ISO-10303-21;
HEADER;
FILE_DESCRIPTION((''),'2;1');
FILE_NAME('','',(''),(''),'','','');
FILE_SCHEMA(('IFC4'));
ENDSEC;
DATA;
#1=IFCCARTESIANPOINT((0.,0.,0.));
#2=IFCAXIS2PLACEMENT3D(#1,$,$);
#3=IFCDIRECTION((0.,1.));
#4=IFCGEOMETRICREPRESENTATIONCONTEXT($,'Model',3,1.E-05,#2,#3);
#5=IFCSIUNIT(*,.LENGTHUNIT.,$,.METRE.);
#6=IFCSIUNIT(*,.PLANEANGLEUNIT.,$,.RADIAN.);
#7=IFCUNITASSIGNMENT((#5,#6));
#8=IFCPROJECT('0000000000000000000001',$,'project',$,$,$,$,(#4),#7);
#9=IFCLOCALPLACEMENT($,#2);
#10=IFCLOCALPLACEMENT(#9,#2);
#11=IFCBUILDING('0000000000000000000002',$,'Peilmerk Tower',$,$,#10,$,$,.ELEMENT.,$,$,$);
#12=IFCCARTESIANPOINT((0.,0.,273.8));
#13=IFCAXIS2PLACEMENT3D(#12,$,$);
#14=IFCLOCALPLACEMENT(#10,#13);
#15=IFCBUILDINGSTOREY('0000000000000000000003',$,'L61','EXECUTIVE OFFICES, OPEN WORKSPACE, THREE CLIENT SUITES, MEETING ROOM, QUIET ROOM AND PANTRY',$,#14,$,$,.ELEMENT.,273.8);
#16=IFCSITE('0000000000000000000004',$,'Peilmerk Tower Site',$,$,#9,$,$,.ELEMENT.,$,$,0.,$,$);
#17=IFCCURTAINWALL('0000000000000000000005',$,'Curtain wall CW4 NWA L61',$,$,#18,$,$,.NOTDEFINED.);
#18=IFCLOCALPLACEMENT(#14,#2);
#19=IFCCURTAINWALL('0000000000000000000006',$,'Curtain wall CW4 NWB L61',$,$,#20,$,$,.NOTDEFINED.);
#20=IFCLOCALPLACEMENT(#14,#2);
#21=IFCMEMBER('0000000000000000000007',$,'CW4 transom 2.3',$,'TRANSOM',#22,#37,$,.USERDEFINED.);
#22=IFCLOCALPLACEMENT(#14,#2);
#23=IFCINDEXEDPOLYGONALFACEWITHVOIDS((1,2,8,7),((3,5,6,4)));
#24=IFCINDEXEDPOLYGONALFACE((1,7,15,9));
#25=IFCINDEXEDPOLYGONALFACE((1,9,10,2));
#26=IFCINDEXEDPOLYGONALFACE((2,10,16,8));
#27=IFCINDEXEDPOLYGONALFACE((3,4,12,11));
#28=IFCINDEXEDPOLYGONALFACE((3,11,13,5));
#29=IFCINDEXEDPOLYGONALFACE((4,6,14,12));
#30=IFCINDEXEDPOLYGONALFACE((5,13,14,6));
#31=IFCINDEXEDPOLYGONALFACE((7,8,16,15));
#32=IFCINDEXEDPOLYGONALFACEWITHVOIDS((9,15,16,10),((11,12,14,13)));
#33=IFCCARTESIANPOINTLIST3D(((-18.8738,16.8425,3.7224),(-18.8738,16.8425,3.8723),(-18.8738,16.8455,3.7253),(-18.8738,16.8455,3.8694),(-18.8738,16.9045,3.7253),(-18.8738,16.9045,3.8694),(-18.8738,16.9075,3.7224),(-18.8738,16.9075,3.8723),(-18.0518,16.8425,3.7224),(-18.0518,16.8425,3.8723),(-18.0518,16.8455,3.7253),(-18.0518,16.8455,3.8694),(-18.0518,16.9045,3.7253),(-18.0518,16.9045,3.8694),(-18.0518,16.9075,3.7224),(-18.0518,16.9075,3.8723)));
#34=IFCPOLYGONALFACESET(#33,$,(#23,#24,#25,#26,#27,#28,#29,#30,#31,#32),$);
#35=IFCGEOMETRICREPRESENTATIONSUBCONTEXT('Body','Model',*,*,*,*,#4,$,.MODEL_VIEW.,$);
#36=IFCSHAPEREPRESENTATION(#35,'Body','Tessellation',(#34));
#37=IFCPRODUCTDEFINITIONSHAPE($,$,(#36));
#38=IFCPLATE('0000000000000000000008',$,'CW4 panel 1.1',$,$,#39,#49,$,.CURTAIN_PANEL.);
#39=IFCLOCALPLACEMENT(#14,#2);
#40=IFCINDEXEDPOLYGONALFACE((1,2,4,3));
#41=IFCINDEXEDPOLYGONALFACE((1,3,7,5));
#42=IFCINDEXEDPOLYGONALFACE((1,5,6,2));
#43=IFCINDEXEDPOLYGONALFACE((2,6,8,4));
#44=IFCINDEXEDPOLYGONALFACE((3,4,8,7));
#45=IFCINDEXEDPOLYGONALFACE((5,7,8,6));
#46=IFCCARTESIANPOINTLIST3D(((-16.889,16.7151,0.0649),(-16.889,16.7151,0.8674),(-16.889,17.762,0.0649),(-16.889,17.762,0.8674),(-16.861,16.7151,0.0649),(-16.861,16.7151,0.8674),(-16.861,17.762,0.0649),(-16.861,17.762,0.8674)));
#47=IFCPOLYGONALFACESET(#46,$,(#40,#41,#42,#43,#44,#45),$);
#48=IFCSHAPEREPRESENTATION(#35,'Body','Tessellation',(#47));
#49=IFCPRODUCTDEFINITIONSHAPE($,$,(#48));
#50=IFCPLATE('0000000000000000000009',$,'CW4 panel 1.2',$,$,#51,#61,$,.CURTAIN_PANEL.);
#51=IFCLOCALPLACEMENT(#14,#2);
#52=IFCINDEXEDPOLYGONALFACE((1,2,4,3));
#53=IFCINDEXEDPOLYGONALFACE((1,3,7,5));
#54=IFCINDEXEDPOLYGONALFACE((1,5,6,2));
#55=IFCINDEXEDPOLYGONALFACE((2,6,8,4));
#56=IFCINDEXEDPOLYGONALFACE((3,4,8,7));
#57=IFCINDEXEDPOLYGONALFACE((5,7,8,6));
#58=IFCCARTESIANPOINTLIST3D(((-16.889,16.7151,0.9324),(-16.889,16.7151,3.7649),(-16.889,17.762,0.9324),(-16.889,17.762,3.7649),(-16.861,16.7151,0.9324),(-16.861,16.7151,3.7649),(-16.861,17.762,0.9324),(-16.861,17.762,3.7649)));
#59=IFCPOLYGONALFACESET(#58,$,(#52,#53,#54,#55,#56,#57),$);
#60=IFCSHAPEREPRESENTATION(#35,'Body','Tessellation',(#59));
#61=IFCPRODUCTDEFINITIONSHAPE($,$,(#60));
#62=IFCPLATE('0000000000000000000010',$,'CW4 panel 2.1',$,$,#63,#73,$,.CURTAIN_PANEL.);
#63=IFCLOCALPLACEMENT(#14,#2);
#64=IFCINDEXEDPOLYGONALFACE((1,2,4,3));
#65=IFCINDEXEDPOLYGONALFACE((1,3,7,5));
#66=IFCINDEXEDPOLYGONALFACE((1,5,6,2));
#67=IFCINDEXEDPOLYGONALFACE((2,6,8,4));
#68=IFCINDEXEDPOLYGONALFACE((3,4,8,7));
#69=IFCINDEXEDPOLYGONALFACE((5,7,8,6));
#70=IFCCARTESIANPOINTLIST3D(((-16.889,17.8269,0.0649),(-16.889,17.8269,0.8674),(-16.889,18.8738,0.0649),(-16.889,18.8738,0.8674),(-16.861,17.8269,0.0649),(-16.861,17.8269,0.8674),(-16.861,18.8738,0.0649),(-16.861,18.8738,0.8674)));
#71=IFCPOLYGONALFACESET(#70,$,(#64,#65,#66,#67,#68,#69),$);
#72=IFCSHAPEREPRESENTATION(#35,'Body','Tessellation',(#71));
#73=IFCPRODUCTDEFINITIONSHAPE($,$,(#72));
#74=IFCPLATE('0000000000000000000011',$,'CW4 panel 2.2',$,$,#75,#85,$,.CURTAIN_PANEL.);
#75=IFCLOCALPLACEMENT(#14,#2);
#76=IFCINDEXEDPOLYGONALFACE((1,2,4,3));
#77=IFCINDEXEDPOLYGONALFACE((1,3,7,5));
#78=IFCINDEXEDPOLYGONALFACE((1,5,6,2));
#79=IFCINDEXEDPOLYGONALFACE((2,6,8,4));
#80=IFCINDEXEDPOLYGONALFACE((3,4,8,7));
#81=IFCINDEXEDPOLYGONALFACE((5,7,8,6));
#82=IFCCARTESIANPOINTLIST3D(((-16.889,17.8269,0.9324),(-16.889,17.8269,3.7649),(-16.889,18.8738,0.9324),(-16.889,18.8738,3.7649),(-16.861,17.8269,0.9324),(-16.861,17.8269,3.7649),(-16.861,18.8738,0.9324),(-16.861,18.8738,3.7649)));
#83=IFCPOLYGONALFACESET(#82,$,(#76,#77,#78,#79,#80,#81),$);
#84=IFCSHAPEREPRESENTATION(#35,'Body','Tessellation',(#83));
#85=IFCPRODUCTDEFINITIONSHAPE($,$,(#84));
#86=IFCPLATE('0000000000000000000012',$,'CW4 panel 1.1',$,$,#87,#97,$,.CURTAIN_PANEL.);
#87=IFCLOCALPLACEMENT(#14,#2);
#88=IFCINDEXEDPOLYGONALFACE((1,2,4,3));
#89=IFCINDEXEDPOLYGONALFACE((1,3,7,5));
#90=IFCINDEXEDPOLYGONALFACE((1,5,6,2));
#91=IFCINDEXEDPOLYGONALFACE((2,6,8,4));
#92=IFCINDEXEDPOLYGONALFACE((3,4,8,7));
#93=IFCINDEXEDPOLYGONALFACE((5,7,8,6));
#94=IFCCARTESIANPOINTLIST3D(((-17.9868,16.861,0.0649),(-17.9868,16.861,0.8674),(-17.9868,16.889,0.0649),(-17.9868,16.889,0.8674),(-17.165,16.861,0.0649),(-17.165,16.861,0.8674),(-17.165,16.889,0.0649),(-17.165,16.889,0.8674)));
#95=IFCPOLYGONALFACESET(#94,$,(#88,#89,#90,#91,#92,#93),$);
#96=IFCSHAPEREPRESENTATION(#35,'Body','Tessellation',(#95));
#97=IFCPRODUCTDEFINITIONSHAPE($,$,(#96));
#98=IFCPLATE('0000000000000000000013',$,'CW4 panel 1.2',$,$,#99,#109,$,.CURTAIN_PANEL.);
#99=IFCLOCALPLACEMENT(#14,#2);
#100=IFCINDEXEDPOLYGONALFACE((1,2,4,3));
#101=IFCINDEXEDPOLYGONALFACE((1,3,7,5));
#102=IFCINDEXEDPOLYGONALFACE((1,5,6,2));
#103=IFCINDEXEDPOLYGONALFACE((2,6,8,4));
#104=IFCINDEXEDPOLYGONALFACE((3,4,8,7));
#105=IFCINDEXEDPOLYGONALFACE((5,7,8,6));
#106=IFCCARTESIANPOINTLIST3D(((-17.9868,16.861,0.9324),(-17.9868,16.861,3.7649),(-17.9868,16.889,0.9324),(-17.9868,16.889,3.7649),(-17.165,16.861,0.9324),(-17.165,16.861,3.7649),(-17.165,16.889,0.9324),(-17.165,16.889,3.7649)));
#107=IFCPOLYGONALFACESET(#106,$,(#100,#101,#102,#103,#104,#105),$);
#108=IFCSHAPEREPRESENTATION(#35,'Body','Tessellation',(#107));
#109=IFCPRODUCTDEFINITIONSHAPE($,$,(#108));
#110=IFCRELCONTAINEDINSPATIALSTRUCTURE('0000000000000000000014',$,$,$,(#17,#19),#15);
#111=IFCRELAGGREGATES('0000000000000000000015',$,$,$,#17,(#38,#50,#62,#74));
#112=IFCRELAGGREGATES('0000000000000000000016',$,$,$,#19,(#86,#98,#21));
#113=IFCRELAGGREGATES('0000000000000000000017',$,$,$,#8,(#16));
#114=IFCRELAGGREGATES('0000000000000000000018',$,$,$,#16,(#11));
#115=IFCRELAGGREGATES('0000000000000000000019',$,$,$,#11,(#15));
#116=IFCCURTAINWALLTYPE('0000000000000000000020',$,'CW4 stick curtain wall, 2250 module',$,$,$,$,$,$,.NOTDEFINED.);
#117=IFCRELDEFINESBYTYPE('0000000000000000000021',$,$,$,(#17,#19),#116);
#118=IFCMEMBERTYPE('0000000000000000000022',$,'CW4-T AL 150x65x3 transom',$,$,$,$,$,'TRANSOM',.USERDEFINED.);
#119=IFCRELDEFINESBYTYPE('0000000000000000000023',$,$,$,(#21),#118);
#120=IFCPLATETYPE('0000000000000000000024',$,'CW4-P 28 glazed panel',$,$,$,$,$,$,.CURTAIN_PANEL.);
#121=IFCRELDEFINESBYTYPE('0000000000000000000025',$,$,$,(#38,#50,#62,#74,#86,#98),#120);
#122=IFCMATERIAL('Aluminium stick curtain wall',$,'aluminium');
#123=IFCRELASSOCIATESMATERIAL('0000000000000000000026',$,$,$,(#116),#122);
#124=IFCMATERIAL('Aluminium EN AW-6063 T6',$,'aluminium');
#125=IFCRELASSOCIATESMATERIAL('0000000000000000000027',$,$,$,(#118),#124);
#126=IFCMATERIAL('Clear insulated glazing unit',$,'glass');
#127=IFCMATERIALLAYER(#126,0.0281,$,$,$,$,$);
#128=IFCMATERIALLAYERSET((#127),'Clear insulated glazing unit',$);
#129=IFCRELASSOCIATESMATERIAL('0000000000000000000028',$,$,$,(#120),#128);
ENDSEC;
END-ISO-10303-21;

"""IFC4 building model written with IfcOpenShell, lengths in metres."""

from ifc_helpers import new_model, si_unit, direction, frame, origin, origin_2d, place, context, subcontext, project, spatial, rectangle, hollow_rectangle, extrude, material, layer, layer_set, material_profile, profile_set, type_object, element, aggregate, save


model = new_model("IFC4")

# Units and contexts
model_context = context("Model", 3, precision=1e-05, world=origin(), true_north=direction((0.0, 1.0)))
body_context = subcontext(model_context, "Body", "Model", "MODEL_VIEW")
ifc_project = project(units=[si_unit("LENGTHUNIT", "METRE"), si_unit("PLANEANGLEUNIT", "RADIAN")], contexts=[model_context])

# Site, building, storey
site_placement = place(None, origin())
site = spatial("IfcSite", under=ifc_project, at=site_placement, Name="Peilmerk Tower Site", CompositionType="ELEMENT", RefElevation=0.0)
building_placement = place(site_placement, origin())
building = spatial("IfcBuilding", under=site, at=building_placement, Name="Peilmerk Tower", CompositionType="ELEMENT")
storey_placement = place(building_placement, frame((0.0, 0.0, 273.8)))
storey = spatial("IfcBuildingStorey", under=building, at=storey_placement, Name="L61", Description="EXECUTIVE OFFICES, OPEN WORKSPACE, THREE CLIENT SUITES, MEETING ROOM, QUIET ROOM AND PANTRY", CompositionType="ELEMENT", Elevation=273.8)

# Curtain walls
ifc_material_1 = material(Name="Aluminium stick curtain wall", Category="aluminium")
curtain_wall_type = type_object("IfcCurtainWallType", Name="CW4 stick curtain wall, 2250 module", PredefinedType="NOTDEFINED", material=ifc_material_1)
curtain_wall_1_placement = place(storey_placement, origin())
curtain_wall_1 = element("IfcCurtainWall", 1, at=curtain_wall_1_placement, inside=storey, type_object=curtain_wall_type, Name="Curtain wall CW4 NWA L61", PredefinedType="NOTDEFINED")
ifc_material_2 = material(Name="Aluminium EN AW-6063 T6", Category="aluminium")
curtain_wall_2_placement = place(storey_placement, origin())
curtain_wall_2 = element("IfcCurtainWall", 2, at=curtain_wall_2_placement, inside=storey, type_object=curtain_wall_type, Name="Curtain wall CW4 NWB L61", PredefinedType="NOTDEFINED")

# Member
ifc_material_profile_1 = material_profile(ifc_material_2, hollow_rectangle(XDim=0.0649, YDim=0.1499, WallThickness=0.0029, at=origin_2d()), Name="AL 150x65x3")
ifc_profile_set_1 = profile_set([ifc_material_profile_1], Name="Aluminium EN AW-6063 T6")
member_type_1 = type_object("IfcMemberType", Name="CW4-T AL 150x65x3 transom", ElementType="TRANSOM", PredefinedType="USERDEFINED", material=ifc_profile_set_1)
member_1_placement = place(storey_placement, frame((-18.0518, 16.875, 3.7974), z_axis=(-1.0, 0.0, 0.0), x_axis=(0.0, -1.0, 0.0)))
member_1 = element("IfcMember", 3, at=member_1_placement, type_object=member_type_1, Name="CW4 transom 2.3", ObjectType="TRANSOM", PredefinedType="USERDEFINED", context=body_context, shape_type="SweptSolid", body=[
    extrude(hollow_rectangle(XDim=0.0649, YDim=0.1499, WallThickness=0.0029, at=origin_2d()), origin(), (0.0, 0.0, 1.0), 0.822),
])

# Plates
ifc_material_3 = material(Name="Clear insulated glazing unit", Category="glass")
ifc_layer_1 = layer(ifc_material_3, 0.0281)
ifc_layer_set_1 = layer_set([ifc_layer_1], Name="Clear insulated glazing unit")
plate_type = type_object("IfcPlateType", Name="CW4-P 28 glazed panel", PredefinedType="CURTAIN_PANEL", material=ifc_layer_set_1)
plate_1_placement = place(storey_placement, frame((-16.875, 17.2385, 0.0649), z_axis=(0.0, 0.0, 1.0), x_axis=(0.0, 1.0, 0.0)))
plate_1 = element("IfcPlate", 4, at=plate_1_placement, type_object=plate_type, Name="CW4 panel 1.1", PredefinedType="CURTAIN_PANEL", context=body_context, shape_type="SweptSolid", body=[
    extrude(rectangle(XDim=1.0469, YDim=0.0281, at=origin_2d()), origin(), (0.0, 0.0, 1.0), 0.8025),
])
plate_2_placement = place(storey_placement, frame((-16.875, 17.2385, 0.9324), z_axis=(0.0, 0.0, 1.0), x_axis=(0.0, 1.0, 0.0)))
plate_2 = element("IfcPlate", 5, at=plate_2_placement, type_object=plate_type, Name="CW4 panel 1.2", PredefinedType="CURTAIN_PANEL", context=body_context, shape_type="SweptSolid", body=[
    extrude(rectangle(XDim=1.0469, YDim=0.0281, at=origin_2d()), origin(), (0.0, 0.0, 1.0), 2.8325),
])
plate_3_placement = place(storey_placement, frame((-16.875, 18.3503, 0.0649), z_axis=(0.0, 0.0, 1.0), x_axis=(0.0, 1.0, 0.0)))
plate_3 = element("IfcPlate", 6, at=plate_3_placement, type_object=plate_type, Name="CW4 panel 2.1", PredefinedType="CURTAIN_PANEL", context=body_context, shape_type="SweptSolid", body=[
    extrude(rectangle(XDim=1.0469, YDim=0.0281, at=origin_2d()), origin(), (0.0, 0.0, 1.0), 0.8025),
])
plate_4_placement = place(storey_placement, frame((-16.875, 18.3503, 0.9324), z_axis=(0.0, 0.0, 1.0), x_axis=(0.0, 1.0, 0.0)))
plate_4 = element("IfcPlate", 7, at=plate_4_placement, type_object=plate_type, Name="CW4 panel 2.2", PredefinedType="CURTAIN_PANEL", context=body_context, shape_type="SweptSolid", body=[
    extrude(rectangle(XDim=1.0469, YDim=0.0281, at=origin_2d()), origin(), (0.0, 0.0, 1.0), 2.8325),
])
aggregate(curtain_wall_1, [plate_1, plate_2, plate_3, plate_4])
plate_5_placement = place(storey_placement, frame((-17.5759, 16.875, 0.0649), z_axis=(0.0, 0.0, 1.0), x_axis=(-1.0, 0.0, 0.0)))
plate_5 = element("IfcPlate", 8, at=plate_5_placement, type_object=plate_type, Name="CW4 panel 1.1", PredefinedType="CURTAIN_PANEL", context=body_context, shape_type="SweptSolid", body=[
    extrude(rectangle(XDim=0.8218, YDim=0.0281, at=origin_2d()), origin(), (0.0, 0.0, 1.0), 0.8025),
])
plate_6_placement = place(storey_placement, frame((-17.5759, 16.875, 0.9324), z_axis=(0.0, 0.0, 1.0), x_axis=(-1.0, 0.0, 0.0)))
plate_6 = element("IfcPlate", 9, at=plate_6_placement, type_object=plate_type, Name="CW4 panel 1.2", PredefinedType="CURTAIN_PANEL", context=body_context, shape_type="SweptSolid", body=[
    extrude(rectangle(XDim=0.8218, YDim=0.0281, at=origin_2d()), origin(), (0.0, 0.0, 1.0), 2.8325),
])
aggregate(curtain_wall_2, [plate_5, plate_6, member_1])

save(model, "model.ifc")
